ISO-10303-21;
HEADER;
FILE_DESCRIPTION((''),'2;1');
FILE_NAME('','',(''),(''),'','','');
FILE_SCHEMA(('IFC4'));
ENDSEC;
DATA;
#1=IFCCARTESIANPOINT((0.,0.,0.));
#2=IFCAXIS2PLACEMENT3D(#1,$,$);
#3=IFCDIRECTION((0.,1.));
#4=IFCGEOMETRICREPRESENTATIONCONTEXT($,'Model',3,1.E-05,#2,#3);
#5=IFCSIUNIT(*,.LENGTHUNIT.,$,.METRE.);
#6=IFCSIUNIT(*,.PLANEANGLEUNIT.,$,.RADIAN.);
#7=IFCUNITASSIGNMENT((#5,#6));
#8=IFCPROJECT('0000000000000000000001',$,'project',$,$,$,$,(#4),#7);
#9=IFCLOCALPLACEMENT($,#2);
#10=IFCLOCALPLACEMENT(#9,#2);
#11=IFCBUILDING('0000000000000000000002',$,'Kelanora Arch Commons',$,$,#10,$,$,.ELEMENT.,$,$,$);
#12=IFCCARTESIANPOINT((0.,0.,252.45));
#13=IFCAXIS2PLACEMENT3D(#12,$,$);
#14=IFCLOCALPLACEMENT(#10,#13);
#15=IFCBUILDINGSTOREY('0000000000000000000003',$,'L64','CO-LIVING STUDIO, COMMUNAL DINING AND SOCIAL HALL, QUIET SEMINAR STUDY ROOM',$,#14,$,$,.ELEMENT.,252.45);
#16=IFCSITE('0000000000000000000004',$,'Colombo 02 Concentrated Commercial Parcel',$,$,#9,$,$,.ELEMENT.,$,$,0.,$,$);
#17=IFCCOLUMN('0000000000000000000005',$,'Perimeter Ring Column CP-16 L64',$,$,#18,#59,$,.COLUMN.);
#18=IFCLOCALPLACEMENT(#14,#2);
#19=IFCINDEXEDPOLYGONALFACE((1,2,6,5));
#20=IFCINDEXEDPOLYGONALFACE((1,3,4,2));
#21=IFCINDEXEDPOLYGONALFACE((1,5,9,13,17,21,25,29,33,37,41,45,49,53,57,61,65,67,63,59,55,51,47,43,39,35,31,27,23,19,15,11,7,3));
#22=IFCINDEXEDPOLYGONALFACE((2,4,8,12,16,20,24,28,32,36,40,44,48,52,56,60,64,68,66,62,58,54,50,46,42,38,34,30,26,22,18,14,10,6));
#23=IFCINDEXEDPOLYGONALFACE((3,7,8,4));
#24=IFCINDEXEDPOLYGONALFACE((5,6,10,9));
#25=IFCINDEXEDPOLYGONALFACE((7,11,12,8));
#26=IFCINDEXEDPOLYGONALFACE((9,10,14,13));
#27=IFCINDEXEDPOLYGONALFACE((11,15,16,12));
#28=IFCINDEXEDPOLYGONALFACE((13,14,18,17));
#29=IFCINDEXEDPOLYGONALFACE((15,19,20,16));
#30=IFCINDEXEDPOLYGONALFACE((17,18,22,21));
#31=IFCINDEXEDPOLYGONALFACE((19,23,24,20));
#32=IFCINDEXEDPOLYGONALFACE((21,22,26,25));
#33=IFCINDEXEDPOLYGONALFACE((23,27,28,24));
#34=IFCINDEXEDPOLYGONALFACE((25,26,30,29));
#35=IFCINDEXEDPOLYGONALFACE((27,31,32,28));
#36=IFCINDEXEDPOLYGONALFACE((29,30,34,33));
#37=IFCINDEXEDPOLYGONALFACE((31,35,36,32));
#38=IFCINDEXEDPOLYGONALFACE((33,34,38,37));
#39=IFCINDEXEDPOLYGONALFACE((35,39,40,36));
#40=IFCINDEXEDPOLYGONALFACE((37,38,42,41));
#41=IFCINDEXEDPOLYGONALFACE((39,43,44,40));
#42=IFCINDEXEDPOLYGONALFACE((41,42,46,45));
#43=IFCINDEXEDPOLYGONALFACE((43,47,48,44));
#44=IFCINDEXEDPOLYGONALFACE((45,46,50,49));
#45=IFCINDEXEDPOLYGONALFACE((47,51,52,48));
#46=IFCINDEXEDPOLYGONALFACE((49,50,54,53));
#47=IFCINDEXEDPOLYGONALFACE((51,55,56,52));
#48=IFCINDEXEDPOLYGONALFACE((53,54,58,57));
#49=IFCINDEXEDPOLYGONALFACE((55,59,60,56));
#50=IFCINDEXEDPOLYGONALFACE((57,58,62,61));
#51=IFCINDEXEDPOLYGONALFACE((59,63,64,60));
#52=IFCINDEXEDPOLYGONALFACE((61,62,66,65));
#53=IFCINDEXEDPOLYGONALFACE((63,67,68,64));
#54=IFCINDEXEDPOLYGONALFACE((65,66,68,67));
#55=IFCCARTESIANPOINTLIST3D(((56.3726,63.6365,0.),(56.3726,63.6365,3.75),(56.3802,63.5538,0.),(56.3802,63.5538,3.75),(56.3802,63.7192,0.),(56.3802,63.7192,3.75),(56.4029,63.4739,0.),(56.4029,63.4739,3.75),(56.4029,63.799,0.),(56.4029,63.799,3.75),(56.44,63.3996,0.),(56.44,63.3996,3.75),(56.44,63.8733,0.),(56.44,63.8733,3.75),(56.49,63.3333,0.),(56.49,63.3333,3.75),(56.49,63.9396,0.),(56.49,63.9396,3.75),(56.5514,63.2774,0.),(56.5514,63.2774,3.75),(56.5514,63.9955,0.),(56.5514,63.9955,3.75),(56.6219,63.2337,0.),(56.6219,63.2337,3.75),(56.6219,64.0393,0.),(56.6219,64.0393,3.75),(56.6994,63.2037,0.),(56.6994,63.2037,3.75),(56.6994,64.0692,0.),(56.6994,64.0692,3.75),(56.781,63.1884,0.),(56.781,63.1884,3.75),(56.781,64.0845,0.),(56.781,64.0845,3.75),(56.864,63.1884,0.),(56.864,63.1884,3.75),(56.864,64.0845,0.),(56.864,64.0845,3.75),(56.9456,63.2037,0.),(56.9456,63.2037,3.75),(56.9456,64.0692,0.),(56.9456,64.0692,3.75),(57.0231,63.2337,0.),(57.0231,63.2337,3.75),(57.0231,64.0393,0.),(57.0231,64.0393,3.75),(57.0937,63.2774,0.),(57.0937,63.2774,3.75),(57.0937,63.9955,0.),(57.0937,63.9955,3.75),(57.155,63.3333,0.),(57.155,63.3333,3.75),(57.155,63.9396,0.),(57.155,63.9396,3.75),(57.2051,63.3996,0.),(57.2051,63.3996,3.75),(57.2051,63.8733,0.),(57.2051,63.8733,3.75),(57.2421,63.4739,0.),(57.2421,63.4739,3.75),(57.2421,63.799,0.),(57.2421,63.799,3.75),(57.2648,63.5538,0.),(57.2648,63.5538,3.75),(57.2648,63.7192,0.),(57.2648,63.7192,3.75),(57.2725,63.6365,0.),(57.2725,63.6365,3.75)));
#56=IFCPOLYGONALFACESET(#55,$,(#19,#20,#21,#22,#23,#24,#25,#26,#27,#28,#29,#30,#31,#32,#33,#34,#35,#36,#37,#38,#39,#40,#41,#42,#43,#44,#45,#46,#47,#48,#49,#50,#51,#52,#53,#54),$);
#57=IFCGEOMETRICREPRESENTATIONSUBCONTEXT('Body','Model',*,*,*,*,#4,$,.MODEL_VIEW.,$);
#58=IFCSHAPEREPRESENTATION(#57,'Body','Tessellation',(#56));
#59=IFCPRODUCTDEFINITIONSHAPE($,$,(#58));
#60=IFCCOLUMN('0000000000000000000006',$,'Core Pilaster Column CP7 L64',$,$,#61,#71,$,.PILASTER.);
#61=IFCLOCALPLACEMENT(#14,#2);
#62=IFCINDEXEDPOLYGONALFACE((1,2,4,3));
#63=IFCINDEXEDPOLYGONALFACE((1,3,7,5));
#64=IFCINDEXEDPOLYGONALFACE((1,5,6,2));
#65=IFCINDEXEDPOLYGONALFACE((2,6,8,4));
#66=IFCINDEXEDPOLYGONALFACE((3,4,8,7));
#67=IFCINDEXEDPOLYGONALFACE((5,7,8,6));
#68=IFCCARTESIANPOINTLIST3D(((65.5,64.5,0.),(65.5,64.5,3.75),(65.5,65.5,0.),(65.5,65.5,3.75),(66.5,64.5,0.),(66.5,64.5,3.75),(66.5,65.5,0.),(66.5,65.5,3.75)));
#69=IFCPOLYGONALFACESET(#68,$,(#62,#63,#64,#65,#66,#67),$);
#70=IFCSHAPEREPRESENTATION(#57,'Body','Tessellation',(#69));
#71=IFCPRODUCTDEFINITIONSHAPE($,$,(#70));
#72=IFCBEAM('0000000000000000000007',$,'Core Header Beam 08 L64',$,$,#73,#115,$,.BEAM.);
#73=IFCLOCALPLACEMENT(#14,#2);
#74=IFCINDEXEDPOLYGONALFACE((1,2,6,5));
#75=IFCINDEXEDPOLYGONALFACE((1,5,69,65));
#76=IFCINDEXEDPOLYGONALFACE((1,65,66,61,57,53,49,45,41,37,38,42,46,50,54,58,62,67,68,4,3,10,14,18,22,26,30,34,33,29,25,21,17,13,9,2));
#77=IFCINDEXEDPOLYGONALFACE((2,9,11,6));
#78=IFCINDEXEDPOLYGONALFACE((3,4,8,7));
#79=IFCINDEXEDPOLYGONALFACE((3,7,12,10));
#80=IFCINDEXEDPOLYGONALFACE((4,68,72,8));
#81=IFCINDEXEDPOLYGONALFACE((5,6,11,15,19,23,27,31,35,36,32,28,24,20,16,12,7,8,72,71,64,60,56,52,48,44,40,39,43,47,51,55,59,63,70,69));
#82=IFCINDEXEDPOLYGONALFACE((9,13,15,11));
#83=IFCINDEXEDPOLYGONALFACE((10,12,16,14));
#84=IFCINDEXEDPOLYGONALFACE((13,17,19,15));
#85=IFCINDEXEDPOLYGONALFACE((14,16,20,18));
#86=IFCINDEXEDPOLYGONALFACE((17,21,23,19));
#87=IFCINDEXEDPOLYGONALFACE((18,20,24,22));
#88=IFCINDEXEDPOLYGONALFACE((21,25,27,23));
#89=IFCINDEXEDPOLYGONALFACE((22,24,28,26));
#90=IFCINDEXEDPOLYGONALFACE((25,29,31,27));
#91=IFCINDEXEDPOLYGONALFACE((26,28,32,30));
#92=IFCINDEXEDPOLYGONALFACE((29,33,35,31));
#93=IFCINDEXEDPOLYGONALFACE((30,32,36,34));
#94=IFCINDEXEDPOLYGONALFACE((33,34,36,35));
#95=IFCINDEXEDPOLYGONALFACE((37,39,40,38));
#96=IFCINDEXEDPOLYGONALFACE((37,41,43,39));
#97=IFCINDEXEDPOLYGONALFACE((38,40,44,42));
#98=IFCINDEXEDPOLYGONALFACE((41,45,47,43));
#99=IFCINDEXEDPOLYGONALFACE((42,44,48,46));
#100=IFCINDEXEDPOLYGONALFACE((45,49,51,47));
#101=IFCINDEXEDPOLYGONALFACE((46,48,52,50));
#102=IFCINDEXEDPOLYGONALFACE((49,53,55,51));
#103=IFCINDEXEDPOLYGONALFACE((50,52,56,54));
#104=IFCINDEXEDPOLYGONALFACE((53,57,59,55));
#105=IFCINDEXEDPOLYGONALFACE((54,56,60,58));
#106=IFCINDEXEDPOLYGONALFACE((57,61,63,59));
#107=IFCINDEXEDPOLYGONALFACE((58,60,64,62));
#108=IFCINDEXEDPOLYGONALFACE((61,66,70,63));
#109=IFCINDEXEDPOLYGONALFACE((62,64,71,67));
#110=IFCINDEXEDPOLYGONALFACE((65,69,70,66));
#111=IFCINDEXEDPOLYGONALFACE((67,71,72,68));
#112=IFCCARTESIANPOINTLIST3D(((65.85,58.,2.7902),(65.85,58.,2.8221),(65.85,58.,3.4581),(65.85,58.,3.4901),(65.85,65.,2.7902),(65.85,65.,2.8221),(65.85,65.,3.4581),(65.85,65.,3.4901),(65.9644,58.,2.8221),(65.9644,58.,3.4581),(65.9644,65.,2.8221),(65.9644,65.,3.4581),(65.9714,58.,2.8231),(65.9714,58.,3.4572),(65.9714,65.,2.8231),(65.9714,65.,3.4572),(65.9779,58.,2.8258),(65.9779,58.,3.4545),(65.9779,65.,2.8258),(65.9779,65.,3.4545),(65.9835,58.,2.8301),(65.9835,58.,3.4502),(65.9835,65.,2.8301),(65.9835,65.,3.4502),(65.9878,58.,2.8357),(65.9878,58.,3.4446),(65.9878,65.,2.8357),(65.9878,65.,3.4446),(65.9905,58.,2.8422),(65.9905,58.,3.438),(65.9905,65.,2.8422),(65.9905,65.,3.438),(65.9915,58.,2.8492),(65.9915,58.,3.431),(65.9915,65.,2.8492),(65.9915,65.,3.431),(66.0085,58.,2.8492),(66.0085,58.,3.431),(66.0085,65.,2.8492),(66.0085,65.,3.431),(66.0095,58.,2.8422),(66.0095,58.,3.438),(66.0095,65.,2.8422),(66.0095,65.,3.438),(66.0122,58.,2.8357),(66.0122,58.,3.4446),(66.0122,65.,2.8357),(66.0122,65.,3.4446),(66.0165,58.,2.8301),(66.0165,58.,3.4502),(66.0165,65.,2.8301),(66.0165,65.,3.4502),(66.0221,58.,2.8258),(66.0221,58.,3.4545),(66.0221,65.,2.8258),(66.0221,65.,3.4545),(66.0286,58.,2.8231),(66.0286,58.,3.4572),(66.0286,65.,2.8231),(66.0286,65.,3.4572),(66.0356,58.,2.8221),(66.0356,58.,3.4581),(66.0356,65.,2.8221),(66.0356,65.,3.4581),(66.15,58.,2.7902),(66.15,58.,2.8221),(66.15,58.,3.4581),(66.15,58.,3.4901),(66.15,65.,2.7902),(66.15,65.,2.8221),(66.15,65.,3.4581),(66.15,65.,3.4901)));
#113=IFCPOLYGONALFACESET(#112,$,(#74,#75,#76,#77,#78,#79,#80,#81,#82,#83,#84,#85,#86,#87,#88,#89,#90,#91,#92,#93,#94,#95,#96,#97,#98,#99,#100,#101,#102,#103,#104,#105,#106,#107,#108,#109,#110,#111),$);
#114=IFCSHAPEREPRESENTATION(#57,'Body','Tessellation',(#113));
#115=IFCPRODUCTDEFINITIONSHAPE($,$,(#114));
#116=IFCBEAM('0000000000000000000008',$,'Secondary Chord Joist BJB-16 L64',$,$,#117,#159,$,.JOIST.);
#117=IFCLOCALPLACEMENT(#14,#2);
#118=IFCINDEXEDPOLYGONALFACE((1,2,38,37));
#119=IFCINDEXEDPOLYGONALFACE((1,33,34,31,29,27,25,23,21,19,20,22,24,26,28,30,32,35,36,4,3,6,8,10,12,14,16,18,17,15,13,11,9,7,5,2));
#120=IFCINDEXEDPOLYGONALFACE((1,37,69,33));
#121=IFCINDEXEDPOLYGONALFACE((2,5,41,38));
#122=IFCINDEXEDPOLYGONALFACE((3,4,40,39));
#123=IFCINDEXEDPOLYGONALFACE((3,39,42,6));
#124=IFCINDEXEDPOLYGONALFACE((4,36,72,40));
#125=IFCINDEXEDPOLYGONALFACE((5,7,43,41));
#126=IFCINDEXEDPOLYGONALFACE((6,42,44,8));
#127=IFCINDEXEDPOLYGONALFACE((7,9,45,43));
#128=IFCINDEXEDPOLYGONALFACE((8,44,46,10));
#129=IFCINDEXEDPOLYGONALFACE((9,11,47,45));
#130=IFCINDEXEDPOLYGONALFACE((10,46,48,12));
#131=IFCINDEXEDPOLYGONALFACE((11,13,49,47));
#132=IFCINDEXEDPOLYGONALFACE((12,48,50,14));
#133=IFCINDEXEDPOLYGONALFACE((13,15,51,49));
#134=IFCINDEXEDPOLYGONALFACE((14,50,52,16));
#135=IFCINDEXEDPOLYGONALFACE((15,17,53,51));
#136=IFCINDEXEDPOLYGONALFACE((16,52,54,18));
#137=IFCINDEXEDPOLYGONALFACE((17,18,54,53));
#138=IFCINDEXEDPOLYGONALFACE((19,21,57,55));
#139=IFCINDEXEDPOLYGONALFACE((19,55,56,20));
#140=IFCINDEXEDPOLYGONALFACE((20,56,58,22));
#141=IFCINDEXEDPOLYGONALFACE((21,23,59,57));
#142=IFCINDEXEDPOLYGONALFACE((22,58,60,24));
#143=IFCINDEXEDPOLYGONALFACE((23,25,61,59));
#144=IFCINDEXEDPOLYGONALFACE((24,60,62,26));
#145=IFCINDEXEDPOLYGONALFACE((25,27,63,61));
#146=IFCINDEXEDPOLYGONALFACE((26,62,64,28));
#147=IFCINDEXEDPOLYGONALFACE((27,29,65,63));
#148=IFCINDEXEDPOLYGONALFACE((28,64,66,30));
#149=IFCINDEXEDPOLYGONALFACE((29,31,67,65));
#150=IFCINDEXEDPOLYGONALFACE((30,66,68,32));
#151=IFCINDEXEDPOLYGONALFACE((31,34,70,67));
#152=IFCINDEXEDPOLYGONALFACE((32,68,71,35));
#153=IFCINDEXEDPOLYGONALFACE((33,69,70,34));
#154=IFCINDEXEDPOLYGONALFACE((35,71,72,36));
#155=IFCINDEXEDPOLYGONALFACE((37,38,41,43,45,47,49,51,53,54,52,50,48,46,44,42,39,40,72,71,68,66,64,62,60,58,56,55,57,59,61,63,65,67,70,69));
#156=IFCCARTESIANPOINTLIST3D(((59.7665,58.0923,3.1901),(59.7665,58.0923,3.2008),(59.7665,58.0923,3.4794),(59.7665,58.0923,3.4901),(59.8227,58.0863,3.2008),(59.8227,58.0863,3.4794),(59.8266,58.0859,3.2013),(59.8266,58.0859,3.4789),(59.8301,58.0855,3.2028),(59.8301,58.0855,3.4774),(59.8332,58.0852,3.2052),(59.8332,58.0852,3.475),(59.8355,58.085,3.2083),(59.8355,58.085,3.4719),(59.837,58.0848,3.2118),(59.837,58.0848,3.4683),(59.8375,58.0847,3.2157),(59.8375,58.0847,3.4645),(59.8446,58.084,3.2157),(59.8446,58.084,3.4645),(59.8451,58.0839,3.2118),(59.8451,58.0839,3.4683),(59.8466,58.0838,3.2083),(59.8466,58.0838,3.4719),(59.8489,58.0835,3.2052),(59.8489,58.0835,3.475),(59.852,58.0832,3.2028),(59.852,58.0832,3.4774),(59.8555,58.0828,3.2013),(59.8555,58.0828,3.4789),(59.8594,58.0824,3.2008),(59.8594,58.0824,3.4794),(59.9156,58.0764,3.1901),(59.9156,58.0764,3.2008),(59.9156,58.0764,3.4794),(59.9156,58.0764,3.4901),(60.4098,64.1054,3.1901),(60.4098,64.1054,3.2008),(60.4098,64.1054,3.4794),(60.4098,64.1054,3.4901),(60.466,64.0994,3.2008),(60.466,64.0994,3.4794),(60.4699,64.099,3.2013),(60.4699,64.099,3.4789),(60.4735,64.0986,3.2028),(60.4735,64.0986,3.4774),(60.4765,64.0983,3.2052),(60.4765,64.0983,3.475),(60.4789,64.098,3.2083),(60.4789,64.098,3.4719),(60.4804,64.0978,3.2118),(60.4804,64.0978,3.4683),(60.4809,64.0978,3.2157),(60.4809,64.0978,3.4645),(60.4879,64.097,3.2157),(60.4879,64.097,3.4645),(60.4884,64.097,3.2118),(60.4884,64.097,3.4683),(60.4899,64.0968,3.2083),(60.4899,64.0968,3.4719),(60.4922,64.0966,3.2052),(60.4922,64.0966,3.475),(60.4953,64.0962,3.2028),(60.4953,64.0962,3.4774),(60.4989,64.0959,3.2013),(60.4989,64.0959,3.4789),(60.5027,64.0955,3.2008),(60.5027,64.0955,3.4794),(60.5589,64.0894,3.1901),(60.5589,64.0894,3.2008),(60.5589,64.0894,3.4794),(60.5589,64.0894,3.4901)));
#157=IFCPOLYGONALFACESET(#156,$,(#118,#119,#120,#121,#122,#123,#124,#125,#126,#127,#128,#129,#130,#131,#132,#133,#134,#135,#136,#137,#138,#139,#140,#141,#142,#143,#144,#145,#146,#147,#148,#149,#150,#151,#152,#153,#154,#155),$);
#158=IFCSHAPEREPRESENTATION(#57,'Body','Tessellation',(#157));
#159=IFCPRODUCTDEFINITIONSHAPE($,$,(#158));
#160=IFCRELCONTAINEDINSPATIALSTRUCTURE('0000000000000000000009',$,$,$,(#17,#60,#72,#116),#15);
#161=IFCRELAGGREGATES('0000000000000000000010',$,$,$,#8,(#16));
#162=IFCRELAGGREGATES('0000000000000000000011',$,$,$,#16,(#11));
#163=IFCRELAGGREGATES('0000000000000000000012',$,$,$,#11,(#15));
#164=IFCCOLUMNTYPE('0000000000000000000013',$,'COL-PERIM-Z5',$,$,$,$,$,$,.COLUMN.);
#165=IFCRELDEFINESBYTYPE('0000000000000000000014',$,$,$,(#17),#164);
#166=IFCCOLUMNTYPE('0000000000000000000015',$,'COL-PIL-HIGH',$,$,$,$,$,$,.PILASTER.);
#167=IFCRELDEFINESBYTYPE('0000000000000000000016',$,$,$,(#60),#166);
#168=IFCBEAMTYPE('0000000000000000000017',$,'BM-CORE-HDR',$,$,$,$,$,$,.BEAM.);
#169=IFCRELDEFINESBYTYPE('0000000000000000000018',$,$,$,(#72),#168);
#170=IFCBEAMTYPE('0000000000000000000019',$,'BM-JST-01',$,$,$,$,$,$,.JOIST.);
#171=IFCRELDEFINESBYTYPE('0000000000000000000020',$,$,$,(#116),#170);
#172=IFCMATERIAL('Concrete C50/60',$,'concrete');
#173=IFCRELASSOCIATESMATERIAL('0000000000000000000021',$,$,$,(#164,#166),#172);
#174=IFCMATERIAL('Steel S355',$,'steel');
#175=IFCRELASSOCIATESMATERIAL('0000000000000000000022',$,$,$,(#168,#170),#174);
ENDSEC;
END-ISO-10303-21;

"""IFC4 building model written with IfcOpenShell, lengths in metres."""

from ifc_helpers import new_model, si_unit, direction, frame, origin, origin_2d, place, context, subcontext, project, spatial, rectangle, circle, i_section, extrude, material, material_profile, profile_set, type_object, element, save


model = new_model("IFC4")

# Units and contexts
model_context = context("Model", 3, precision=1e-05, world=origin(), true_north=direction((0.0, 1.0)))
body_context = subcontext(model_context, "Body", "Model", "MODEL_VIEW")
ifc_project = project(units=[si_unit("LENGTHUNIT", "METRE"), si_unit("PLANEANGLEUNIT", "RADIAN")], contexts=[model_context])

# Site, building, storey
site_placement = place(None, origin())
site = spatial("IfcSite", under=ifc_project, at=site_placement, Name="Colombo 02 Concentrated Commercial Parcel", CompositionType="ELEMENT", RefElevation=0.0)
building_placement = place(site_placement, origin())
building = spatial("IfcBuilding", under=site, at=building_placement, Name="Kelanora Arch Commons", CompositionType="ELEMENT")
storey_placement = place(building_placement, frame((0.0, 0.0, 252.45)))
storey = spatial("IfcBuildingStorey", under=building, at=storey_placement, Name="L64", Description="CO-LIVING STUDIO, COMMUNAL DINING AND SOCIAL HALL, QUIET SEMINAR STUDY ROOM", CompositionType="ELEMENT", Elevation=252.45)

# Columns
ifc_material_1 = material(Name="Concrete C50/60", Category="concrete")
ifc_material_profile_1 = material_profile(ifc_material_1, circle(Radius=0.45, at=origin_2d()), Name="RCC900")
ifc_profile_set_1 = profile_set([ifc_material_profile_1], Name="Concrete C50/60")
column_type_1 = type_object("IfcColumnType", Name="COL-PERIM-Z5", PredefinedType="COLUMN", material=ifc_profile_set_1)
column_1_placement = place(storey_placement, frame((56.8225, 63.6365, 0.0), z_axis=(0.0, 0.0, 1.0), x_axis=(1.0, 0.0, 0.0)))
element("IfcColumn", 1, at=column_1_placement, inside=storey, type_object=column_type_1, Name="Perimeter Ring Column CP-16 L64", PredefinedType="COLUMN", context=body_context, shape_type="SweptSolid", body=[
    extrude(circle(Radius=0.45, at=origin_2d()), origin(), (0.0, 0.0, 1.0), 3.75),
])
ifc_material_profile_2 = material_profile(ifc_material_1, rectangle(XDim=1.0, YDim=1.0, at=origin_2d()), Name="RC1000x1000")
ifc_profile_set_2 = profile_set([ifc_material_profile_2], Name="Concrete C50/60")
column_type_2 = type_object("IfcColumnType", Name="COL-PIL-HIGH", PredefinedType="PILASTER", material=ifc_profile_set_2)
column_2_placement = place(storey_placement, frame((66.0, 65.0, 0.0), z_axis=(0.0, 0.0, 1.0), x_axis=(1.0, 0.0, 0.0)))
element("IfcColumn", 2, at=column_2_placement, inside=storey, type_object=column_type_2, Name="Core Pilaster Column CP7 L64", PredefinedType="PILASTER", context=body_context, shape_type="SweptSolid", body=[
    extrude(rectangle(XDim=1.0, YDim=1.0, at=origin_2d()), origin(), (0.0, 0.0, 1.0), 3.75),
])

# Beams
ifc_material_2 = material(Name="Steel S355", Category="steel")
ifc_material_profile_3 = material_profile(ifc_material_2, i_section(OverallWidth=0.3, OverallDepth=0.7, WebThickness=0.0171, FlangeThickness=0.032, FilletRadius=0.0271, at=origin_2d()), Name="HEB700")
ifc_profile_set_3 = profile_set([ifc_material_profile_3], Name="Steel S355")
beam_type_1 = type_object("IfcBeamType", Name="BM-CORE-HDR", PredefinedType="BEAM", material=ifc_profile_set_3)
beam_1_placement = place(storey_placement, frame((66.0, 65.0, 3.1401), z_axis=(0.0, -1.0, 0.0), x_axis=(1.0, 0.0, 0.0)))
element("IfcBeam", 3, at=beam_1_placement, inside=storey, type_object=beam_type_1, Name="Core Header Beam 08 L64", PredefinedType="BEAM", context=body_context, shape_type="SweptSolid", body=[
    extrude(i_section(OverallWidth=0.3, OverallDepth=0.7, WebThickness=0.0171, FlangeThickness=0.032, FilletRadius=0.0271, at=origin_2d()), origin(), (0.0, 0.0, 1.0), 7.0),
])
ifc_material_profile_4 = material_profile(ifc_material_2, i_section(OverallWidth=0.1499, OverallDepth=0.3, WebThickness=0.0071, FlangeThickness=0.0107, FilletRadius=0.0149, at=origin_2d()), Name="IPE300")
ifc_profile_set_4 = profile_set([ifc_material_profile_4], Name="Steel S355")
beam_type_2 = type_object("IfcBeamType", Name="BM-JST-01", PredefinedType="JOIST", material=ifc_profile_set_4)
beam_2_placement = place(storey_placement, frame((60.4844, 64.0974, 3.3401), z_axis=(-0.106381, -0.994325, 0.0), x_axis=(0.994325, -0.106381, 0.0)))
element("IfcBeam", 4, at=beam_2_placement, inside=storey, type_object=beam_type_2, Name="Secondary Chord Joist BJB-16 L64", PredefinedType="JOIST", context=body_context, shape_type="SweptSolid", body=[
    extrude(i_section(OverallWidth=0.1499, OverallDepth=0.3, WebThickness=0.0071, FlangeThickness=0.0107, FilletRadius=0.0149, at=origin_2d()), origin(), (0.0, 0.0, 1.0), 6.0474),
])

save(model, "model.ifc")
